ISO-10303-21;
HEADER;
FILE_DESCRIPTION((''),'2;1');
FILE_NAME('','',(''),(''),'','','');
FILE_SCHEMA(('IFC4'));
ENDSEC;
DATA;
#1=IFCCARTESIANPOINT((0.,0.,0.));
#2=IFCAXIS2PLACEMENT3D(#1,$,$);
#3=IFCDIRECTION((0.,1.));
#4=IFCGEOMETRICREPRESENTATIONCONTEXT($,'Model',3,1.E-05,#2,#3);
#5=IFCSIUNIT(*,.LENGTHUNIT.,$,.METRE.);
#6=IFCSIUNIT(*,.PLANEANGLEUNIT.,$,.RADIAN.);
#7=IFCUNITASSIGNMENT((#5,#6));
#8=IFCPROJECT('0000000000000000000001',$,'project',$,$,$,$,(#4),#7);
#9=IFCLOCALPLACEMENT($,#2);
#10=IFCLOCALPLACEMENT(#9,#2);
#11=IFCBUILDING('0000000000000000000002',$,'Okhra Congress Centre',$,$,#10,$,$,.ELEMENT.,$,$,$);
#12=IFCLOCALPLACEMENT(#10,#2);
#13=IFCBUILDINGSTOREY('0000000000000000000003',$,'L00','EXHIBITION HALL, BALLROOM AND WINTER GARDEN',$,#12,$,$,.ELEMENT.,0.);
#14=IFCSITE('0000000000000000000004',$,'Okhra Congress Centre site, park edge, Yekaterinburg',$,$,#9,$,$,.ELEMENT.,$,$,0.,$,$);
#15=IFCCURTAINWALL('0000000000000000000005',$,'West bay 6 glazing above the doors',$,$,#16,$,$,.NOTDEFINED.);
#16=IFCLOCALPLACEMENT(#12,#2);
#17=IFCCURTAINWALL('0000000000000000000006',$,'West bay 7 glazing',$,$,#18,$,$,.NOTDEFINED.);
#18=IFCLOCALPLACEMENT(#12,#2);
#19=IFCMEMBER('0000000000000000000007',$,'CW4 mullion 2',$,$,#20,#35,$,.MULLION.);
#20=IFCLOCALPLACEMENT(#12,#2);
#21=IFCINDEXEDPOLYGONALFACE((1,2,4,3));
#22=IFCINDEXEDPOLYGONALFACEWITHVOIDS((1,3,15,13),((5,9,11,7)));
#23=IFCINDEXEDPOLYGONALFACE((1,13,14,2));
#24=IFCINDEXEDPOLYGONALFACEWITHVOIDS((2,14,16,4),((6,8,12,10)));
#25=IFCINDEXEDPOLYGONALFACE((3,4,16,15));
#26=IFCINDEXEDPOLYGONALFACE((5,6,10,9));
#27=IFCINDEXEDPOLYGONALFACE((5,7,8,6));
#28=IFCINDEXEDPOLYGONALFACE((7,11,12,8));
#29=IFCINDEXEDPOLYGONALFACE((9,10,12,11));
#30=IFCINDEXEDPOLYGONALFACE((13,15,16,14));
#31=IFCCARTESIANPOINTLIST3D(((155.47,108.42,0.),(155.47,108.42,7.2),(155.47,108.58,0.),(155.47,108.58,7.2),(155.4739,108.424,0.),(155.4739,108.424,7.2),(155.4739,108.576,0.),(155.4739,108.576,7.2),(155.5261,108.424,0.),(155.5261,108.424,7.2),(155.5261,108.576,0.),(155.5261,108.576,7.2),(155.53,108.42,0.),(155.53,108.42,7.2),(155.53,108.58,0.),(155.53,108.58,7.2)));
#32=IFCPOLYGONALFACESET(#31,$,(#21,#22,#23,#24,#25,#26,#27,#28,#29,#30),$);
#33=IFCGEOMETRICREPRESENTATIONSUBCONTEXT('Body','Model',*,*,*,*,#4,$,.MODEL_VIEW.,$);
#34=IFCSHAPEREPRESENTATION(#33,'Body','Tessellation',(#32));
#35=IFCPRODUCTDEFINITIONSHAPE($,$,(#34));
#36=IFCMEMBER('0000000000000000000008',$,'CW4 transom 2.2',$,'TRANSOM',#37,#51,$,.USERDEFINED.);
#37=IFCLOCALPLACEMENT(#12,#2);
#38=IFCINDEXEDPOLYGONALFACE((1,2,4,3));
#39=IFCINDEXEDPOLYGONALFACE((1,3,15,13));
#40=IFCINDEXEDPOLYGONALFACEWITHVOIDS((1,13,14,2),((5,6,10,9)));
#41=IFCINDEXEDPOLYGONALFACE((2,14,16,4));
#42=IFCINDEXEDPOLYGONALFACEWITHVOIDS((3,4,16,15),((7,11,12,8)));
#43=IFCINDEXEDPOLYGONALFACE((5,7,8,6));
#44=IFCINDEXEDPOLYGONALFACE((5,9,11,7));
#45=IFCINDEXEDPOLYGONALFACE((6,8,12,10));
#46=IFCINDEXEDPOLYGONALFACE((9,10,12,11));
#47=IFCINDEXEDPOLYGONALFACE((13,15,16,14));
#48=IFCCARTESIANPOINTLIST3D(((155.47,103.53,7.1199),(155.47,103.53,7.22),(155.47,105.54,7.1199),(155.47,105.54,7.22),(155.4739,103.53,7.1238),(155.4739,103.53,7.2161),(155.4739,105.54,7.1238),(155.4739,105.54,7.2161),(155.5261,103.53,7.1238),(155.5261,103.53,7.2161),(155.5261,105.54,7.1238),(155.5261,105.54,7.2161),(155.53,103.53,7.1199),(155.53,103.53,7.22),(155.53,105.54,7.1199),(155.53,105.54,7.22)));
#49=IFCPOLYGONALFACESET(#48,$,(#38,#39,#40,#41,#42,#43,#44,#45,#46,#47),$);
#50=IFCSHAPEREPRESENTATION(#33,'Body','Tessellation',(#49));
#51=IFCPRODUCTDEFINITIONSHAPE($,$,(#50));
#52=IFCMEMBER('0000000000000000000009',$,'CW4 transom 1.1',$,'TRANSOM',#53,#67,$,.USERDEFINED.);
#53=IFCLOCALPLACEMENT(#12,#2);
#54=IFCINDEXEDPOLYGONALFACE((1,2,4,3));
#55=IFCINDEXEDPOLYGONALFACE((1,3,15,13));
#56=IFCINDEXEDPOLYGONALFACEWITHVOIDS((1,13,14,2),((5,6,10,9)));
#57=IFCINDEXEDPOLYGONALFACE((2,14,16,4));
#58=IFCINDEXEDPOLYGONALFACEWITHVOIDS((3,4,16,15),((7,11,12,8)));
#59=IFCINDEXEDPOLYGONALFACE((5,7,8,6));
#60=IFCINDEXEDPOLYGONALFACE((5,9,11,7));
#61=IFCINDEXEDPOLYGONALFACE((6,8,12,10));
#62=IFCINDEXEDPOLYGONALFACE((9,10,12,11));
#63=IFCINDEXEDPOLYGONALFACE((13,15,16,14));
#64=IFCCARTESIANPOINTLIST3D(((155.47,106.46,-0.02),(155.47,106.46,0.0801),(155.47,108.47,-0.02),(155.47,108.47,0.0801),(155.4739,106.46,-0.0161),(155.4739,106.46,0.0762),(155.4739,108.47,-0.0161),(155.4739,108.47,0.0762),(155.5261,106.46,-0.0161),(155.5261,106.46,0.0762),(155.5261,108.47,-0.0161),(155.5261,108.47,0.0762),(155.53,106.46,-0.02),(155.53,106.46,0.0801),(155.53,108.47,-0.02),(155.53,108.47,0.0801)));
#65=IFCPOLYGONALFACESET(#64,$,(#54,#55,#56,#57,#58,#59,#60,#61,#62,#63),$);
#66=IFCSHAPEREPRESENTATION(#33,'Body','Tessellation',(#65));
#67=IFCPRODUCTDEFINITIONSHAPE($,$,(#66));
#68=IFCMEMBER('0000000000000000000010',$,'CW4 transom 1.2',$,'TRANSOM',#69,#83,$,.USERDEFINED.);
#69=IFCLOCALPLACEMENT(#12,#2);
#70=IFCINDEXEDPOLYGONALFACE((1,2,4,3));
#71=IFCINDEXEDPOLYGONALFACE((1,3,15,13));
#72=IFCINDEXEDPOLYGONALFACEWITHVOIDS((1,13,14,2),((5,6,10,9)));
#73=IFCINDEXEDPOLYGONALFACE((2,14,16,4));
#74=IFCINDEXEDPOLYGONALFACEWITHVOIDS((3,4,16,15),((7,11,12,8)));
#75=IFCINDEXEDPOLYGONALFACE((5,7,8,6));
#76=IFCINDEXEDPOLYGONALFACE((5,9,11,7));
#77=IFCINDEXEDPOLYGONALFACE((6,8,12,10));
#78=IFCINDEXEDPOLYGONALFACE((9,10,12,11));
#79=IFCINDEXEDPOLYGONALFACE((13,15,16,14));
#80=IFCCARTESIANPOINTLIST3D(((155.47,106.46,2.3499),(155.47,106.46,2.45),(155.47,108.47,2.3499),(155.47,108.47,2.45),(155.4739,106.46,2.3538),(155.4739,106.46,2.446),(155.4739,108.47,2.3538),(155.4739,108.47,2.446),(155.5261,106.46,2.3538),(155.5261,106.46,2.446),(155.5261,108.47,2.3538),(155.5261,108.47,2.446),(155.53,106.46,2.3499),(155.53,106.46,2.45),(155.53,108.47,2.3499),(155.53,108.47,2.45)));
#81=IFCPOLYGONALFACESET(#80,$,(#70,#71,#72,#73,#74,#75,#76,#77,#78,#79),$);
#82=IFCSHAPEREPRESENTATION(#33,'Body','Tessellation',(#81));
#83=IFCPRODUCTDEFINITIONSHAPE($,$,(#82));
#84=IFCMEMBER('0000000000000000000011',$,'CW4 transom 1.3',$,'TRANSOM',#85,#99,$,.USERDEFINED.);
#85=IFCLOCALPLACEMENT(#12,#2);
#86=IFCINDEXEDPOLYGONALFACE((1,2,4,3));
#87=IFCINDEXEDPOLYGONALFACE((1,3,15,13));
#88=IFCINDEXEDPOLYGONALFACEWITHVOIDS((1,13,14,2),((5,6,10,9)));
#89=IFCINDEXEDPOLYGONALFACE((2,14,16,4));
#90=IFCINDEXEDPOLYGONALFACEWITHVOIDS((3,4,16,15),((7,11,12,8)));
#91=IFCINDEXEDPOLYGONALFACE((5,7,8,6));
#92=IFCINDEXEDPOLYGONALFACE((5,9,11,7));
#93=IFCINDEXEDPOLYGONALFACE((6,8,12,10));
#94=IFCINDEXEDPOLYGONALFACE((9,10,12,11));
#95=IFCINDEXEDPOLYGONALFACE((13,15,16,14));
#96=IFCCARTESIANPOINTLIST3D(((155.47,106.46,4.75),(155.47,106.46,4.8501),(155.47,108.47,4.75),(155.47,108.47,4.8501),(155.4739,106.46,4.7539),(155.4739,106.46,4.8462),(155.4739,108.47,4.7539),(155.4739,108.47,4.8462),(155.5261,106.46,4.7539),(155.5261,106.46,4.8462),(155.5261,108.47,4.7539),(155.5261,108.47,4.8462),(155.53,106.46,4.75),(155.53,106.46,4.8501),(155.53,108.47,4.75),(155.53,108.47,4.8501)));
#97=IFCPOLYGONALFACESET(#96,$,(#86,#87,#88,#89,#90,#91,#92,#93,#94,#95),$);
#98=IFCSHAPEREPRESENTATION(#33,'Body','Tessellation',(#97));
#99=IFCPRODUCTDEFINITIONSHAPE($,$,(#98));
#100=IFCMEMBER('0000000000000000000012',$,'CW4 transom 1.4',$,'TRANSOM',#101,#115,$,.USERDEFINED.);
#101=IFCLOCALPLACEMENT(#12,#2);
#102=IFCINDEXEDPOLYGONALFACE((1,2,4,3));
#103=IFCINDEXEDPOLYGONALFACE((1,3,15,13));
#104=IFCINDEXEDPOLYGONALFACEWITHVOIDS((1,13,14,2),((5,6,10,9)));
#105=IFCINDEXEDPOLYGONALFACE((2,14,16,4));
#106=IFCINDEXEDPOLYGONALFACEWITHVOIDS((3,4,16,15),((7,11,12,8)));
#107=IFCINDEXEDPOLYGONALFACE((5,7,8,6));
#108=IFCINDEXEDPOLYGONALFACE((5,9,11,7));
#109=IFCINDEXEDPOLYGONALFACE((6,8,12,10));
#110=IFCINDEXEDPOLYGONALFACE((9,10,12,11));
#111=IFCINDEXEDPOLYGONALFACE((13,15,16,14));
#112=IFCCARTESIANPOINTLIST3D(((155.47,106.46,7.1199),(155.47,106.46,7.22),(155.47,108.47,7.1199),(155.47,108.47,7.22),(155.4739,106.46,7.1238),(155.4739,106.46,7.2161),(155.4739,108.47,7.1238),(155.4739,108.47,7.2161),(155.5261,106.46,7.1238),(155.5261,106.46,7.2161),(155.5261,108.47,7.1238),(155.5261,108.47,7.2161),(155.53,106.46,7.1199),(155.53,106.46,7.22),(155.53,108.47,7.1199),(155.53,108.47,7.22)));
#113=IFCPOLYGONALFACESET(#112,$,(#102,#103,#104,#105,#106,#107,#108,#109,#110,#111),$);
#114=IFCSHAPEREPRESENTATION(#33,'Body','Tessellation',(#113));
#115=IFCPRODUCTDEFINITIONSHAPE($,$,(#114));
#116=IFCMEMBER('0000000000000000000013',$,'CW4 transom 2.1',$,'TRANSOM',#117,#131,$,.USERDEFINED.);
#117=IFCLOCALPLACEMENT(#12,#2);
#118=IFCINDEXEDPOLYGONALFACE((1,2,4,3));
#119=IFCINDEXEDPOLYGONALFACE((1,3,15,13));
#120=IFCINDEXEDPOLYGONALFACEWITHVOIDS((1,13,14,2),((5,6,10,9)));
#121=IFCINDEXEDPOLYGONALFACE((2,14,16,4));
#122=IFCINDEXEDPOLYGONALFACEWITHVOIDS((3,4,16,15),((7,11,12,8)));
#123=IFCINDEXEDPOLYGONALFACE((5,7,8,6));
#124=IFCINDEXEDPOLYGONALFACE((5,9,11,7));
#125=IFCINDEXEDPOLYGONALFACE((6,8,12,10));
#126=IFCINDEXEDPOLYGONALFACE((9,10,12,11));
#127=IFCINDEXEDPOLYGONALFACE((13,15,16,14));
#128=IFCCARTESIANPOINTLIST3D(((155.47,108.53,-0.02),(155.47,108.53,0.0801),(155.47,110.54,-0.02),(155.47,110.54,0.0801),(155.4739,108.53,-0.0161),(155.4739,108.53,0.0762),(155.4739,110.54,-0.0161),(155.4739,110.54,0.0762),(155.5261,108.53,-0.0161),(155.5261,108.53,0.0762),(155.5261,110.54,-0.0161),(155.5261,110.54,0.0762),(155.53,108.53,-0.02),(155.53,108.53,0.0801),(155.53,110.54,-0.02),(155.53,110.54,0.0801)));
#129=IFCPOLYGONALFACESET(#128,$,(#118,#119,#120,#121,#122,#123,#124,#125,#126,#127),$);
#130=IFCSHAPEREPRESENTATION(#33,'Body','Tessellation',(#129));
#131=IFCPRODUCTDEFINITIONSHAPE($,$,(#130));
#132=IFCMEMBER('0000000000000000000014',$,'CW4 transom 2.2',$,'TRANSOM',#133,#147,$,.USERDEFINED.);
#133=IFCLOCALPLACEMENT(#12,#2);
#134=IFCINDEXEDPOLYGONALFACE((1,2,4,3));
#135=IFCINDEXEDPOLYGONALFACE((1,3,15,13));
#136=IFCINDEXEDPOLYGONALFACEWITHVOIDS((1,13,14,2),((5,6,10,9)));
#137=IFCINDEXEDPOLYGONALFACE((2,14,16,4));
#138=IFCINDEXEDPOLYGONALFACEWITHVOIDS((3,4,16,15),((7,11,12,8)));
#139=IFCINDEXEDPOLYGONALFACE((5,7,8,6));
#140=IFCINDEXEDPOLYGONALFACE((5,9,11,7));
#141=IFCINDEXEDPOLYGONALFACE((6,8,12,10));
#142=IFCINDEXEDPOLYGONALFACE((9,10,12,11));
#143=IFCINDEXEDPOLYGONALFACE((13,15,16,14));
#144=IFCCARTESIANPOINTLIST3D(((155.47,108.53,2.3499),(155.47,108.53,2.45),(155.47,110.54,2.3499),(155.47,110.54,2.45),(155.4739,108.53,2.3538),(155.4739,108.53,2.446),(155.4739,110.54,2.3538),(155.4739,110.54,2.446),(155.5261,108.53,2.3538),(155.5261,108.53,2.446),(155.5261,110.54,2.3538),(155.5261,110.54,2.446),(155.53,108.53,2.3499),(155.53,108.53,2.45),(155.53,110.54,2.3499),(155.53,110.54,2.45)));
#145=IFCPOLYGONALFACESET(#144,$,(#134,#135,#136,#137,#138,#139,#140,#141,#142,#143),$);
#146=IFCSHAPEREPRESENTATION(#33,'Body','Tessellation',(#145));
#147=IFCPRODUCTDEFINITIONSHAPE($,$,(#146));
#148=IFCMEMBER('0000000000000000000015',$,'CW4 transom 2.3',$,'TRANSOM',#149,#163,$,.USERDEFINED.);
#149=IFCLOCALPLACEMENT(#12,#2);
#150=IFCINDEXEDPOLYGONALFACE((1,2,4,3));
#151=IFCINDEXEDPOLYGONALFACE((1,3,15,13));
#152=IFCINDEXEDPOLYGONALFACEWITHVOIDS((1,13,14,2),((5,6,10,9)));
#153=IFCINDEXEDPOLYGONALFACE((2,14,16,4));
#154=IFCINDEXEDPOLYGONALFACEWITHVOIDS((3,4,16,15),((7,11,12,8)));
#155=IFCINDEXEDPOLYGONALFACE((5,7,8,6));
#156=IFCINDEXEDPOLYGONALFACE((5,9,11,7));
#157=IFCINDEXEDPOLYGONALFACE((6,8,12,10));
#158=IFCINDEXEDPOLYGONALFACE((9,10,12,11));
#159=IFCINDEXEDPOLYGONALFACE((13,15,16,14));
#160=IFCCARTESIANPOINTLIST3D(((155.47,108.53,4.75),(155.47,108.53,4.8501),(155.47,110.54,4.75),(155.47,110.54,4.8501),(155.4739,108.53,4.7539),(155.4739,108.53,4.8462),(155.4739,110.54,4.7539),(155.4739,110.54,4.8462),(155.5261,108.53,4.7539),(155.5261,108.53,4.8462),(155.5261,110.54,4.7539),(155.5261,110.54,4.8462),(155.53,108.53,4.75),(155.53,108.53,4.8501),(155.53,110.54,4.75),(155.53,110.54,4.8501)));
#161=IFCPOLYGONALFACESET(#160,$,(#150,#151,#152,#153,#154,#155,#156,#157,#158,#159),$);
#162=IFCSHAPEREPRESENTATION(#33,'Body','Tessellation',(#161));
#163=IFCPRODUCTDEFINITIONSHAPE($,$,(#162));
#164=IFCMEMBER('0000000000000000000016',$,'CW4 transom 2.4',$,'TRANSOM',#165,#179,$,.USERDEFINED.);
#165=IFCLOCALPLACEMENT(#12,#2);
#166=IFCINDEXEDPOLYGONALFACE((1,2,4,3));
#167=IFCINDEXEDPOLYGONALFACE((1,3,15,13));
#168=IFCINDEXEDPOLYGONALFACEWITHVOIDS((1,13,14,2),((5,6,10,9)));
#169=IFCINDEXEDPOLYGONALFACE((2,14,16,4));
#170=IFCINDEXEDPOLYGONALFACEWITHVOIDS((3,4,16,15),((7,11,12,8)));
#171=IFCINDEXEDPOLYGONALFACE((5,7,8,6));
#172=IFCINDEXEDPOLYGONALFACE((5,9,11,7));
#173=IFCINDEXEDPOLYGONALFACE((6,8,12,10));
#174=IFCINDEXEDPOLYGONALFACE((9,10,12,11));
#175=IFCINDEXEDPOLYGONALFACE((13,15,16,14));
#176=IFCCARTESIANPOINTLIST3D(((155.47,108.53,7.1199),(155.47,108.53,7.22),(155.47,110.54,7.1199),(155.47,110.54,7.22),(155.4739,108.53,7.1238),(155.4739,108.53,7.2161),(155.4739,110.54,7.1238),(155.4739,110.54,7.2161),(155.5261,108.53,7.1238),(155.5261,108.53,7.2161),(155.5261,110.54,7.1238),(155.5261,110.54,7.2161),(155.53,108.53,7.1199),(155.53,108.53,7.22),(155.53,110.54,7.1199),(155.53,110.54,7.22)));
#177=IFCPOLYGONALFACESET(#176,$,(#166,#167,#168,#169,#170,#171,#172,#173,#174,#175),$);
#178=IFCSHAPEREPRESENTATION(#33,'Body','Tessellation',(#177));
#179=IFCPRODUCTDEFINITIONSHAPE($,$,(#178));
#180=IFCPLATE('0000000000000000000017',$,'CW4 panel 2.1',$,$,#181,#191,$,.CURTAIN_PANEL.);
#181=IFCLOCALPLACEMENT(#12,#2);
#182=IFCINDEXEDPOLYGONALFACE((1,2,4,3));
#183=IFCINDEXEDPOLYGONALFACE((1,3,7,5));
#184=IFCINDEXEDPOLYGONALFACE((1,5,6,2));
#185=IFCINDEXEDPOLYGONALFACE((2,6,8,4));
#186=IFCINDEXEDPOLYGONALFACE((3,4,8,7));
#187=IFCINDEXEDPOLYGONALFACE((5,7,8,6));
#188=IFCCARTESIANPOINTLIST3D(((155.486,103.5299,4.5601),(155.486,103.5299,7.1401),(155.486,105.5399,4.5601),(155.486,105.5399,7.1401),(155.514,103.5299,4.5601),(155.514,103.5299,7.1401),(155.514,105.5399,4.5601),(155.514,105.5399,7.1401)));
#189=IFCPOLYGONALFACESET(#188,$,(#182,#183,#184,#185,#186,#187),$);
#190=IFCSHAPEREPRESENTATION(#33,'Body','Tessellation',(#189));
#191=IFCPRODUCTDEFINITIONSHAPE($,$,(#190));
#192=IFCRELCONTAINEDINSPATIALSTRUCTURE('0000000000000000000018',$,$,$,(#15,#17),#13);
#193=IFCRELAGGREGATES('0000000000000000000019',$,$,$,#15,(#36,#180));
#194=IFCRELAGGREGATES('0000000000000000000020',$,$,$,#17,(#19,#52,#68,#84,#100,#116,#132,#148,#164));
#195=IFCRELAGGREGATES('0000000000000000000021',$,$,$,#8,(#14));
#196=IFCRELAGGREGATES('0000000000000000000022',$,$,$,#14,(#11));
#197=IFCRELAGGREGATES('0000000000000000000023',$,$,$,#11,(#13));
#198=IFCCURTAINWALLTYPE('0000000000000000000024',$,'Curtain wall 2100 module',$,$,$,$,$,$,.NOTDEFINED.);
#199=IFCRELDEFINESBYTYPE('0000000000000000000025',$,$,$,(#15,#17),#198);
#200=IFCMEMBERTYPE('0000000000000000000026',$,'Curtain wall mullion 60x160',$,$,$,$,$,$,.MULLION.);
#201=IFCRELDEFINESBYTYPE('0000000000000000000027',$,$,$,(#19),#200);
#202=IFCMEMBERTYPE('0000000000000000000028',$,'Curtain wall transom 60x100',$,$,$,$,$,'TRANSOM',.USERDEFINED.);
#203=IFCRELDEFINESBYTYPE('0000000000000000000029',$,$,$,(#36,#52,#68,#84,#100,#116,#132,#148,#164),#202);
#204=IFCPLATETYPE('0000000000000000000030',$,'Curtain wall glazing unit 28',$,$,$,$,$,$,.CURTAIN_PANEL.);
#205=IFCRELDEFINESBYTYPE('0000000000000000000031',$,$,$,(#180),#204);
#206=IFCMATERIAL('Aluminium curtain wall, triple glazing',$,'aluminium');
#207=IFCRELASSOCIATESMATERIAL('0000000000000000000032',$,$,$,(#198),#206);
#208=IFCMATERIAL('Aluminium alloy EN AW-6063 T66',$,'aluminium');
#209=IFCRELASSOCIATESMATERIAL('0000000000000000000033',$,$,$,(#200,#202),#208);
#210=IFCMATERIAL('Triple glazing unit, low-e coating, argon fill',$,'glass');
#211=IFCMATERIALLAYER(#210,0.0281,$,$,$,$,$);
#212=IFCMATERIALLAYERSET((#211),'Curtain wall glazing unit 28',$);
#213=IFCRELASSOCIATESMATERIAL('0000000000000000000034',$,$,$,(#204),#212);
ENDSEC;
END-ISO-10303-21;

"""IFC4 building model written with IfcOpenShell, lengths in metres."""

from ifc_helpers import new_model, si_unit, direction, frame, origin, origin_2d, place, context, subcontext, project, spatial, rectangle, hollow_rectangle, extrude, material, layer, layer_set, material_profile, profile_set, type_object, element, aggregate, save


model = new_model("IFC4")

# Units and contexts
model_context = context("Model", 3, precision=1e-05, world=origin(), true_north=direction((0.0, 1.0)))
body_context = subcontext(model_context, "Body", "Model", "MODEL_VIEW")
ifc_project = project(units=[si_unit("LENGTHUNIT", "METRE"), si_unit("PLANEANGLEUNIT", "RADIAN")], contexts=[model_context])

# Site, building, storey
site_placement = place(None, origin())
site = spatial("IfcSite", under=ifc_project, at=site_placement, Name="Okhra Congress Centre site, park edge, Yekaterinburg", CompositionType="ELEMENT", RefElevation=0.0)
building_placement = place(site_placement, origin())
building = spatial("IfcBuilding", under=site, at=building_placement, Name="Okhra Congress Centre", CompositionType="ELEMENT")
storey_placement = place(building_placement, origin())
storey = spatial("IfcBuildingStorey", under=building, at=storey_placement, Name="L00", Description="EXHIBITION HALL, BALLROOM AND WINTER GARDEN", CompositionType="ELEMENT", Elevation=0.0)

# Curtain wall
ifc_material_1 = material(Name="Aluminium curtain wall, triple glazing", Category="aluminium")
curtain_wall_type = type_object("IfcCurtainWallType", Name="Curtain wall 2100 module", PredefinedType="NOTDEFINED", material=ifc_material_1)
curtain_wall_1_placement = place(storey_placement, origin())
curtain_wall_1 = element("IfcCurtainWall", 1, at=curtain_wall_1_placement, inside=storey, type_object=curtain_wall_type, Name="West bay 6 glazing above the doors", PredefinedType="NOTDEFINED")
ifc_material_2 = material(Name="Aluminium alloy EN AW-6063 T66", Category="aluminium")
ifc_material_profile_1 = material_profile(ifc_material_2, hollow_rectangle(XDim=0.0601, YDim=0.1599, WallThickness=0.0039, at=origin_2d()), Name="RHS 60x160x4")
ifc_profile_set_1 = profile_set([ifc_material_profile_1], Name="Aluminium alloy EN AW-6063 T66")
member_type_1 = type_object("IfcMemberType", Name="Curtain wall mullion 60x160", PredefinedType="MULLION", material=ifc_profile_set_1)

# Curtain wall, member
curtain_wall_2_placement = place(storey_placement, origin())
curtain_wall_2 = element("IfcCurtainWall", 2, at=curtain_wall_2_placement, inside=storey, type_object=curtain_wall_type, Name="West bay 7 glazing", PredefinedType="NOTDEFINED")
member_1_placement = place(storey_placement, frame((155.5, 108.5, 0.0), z_axis=(0.0, 0.0, 1.0), x_axis=(-1.0, 0.0, 0.0)))
member_1 = element("IfcMember", 3, at=member_1_placement, type_object=member_type_1, Name="CW4 mullion 2", PredefinedType="MULLION", context=body_context, shape_type="SweptSolid", body=[
    extrude(hollow_rectangle(XDim=0.0601, YDim=0.1599, WallThickness=0.0039, at=origin_2d()), origin(), (0.0, 0.0, 1.0), 7.2),
])

# Members
ifc_material_profile_2 = material_profile(ifc_material_2, hollow_rectangle(XDim=0.0601, YDim=0.1001, WallThickness=0.0039, at=origin_2d()), Name="RHS 60x100x4")
ifc_profile_set_2 = profile_set([ifc_material_profile_2], Name="Aluminium alloy EN AW-6063 T66")
member_type_2 = type_object("IfcMemberType", Name="Curtain wall transom 60x100", ElementType="TRANSOM", PredefinedType="USERDEFINED", material=ifc_profile_set_2)
member_2_placement = place(storey_placement, frame((155.5, 103.53, 7.1699), z_axis=(0.0, 1.0, 0.0), x_axis=(-1.0, 0.0, 0.0)))
member_2 = element("IfcMember", 4, at=member_2_placement, type_object=member_type_2, Name="CW4 transom 2.2", ObjectType="TRANSOM", PredefinedType="USERDEFINED", context=body_context, shape_type="SweptSolid", body=[
    extrude(hollow_rectangle(XDim=0.0601, YDim=0.1001, WallThickness=0.0039, at=origin_2d()), origin(), (0.0, 0.0, 1.0), 2.01),
])
member_3_placement = place(storey_placement, frame((155.5, 106.46, 0.03), z_axis=(0.0, 1.0, 0.0), x_axis=(-1.0, 0.0, 0.0)))
member_3 = element("IfcMember", 5, at=member_3_placement, type_object=member_type_2, Name="CW4 transom 1.1", ObjectType="TRANSOM", PredefinedType="USERDEFINED", context=body_context, shape_type="SweptSolid", body=[
    extrude(hollow_rectangle(XDim=0.0601, YDim=0.1001, WallThickness=0.0039, at=origin_2d()), origin(), (0.0, 0.0, 1.0), 2.01),
])
member_4_placement = place(storey_placement, frame((155.5, 106.46, 2.3999), z_axis=(0.0, 1.0, 0.0), x_axis=(-1.0, 0.0, 0.0)))
member_4 = element("IfcMember", 6, at=member_4_placement, type_object=member_type_2, Name="CW4 transom 1.2", ObjectType="TRANSOM", PredefinedType="USERDEFINED", context=body_context, shape_type="SweptSolid", body=[
    extrude(hollow_rectangle(XDim=0.0601, YDim=0.1001, WallThickness=0.0039, at=origin_2d()), origin(), (0.0, 0.0, 1.0), 2.01),
])
member_5_placement = place(storey_placement, frame((155.5, 106.46, 4.8), z_axis=(0.0, 1.0, 0.0), x_axis=(-1.0, 0.0, 0.0)))
member_5 = element("IfcMember", 7, at=member_5_placement, type_object=member_type_2, Name="CW4 transom 1.3", ObjectType="TRANSOM", PredefinedType="USERDEFINED", context=body_context, shape_type="SweptSolid", body=[
    extrude(hollow_rectangle(XDim=0.0601, YDim=0.1001, WallThickness=0.0039, at=origin_2d()), origin(), (0.0, 0.0, 1.0), 2.01),
])
member_6_placement = place(storey_placement, frame((155.5, 106.46, 7.1699), z_axis=(0.0, 1.0, 0.0), x_axis=(-1.0, 0.0, 0.0)))
member_6 = element("IfcMember", 8, at=member_6_placement, type_object=member_type_2, Name="CW4 transom 1.4", ObjectType="TRANSOM", PredefinedType="USERDEFINED", context=body_context, shape_type="SweptSolid", body=[
    extrude(hollow_rectangle(XDim=0.0601, YDim=0.1001, WallThickness=0.0039, at=origin_2d()), origin(), (0.0, 0.0, 1.0), 2.01),
])
member_7_placement = place(storey_placement, frame((155.5, 108.53, 0.03), z_axis=(0.0, 1.0, 0.0), x_axis=(-1.0, 0.0, 0.0)))
member_7 = element("IfcMember", 9, at=member_7_placement, type_object=member_type_2, Name="CW4 transom 2.1", ObjectType="TRANSOM", PredefinedType="USERDEFINED", context=body_context, shape_type="SweptSolid", body=[
    extrude(hollow_rectangle(XDim=0.0601, YDim=0.1001, WallThickness=0.0039, at=origin_2d()), origin(), (0.0, 0.0, 1.0), 2.01),
])
member_8_placement = place(storey_placement, frame((155.5, 108.53, 2.3999), z_axis=(0.0, 1.0, 0.0), x_axis=(-1.0, 0.0, 0.0)))
member_8 = element("IfcMember", 10, at=member_8_placement, type_object=member_type_2, Name="CW4 transom 2.2", ObjectType="TRANSOM", PredefinedType="USERDEFINED", context=body_context, shape_type="SweptSolid", body=[
    extrude(hollow_rectangle(XDim=0.0601, YDim=0.1001, WallThickness=0.0039, at=origin_2d()), origin(), (0.0, 0.0, 1.0), 2.01),
])
member_9_placement = place(storey_placement, frame((155.5, 108.53, 4.8), z_axis=(0.0, 1.0, 0.0), x_axis=(-1.0, 0.0, 0.0)))
member_9 = element("IfcMember", 11, at=member_9_placement, type_object=member_type_2, Name="CW4 transom 2.3", ObjectType="TRANSOM", PredefinedType="USERDEFINED", context=body_context, shape_type="SweptSolid", body=[
    extrude(hollow_rectangle(XDim=0.0601, YDim=0.1001, WallThickness=0.0039, at=origin_2d()), origin(), (0.0, 0.0, 1.0), 2.01),
])
member_10_placement = place(storey_placement, frame((155.5, 108.53, 7.1699), z_axis=(0.0, 1.0, 0.0), x_axis=(-1.0, 0.0, 0.0)))
member_10 = element("IfcMember", 12, at=member_10_placement, type_object=member_type_2, Name="CW4 transom 2.4", ObjectType="TRANSOM", PredefinedType="USERDEFINED", context=body_context, shape_type="SweptSolid", body=[
    extrude(hollow_rectangle(XDim=0.0601, YDim=0.1001, WallThickness=0.0039, at=origin_2d()), origin(), (0.0, 0.0, 1.0), 2.01),
])

# Plate
ifc_material_3 = material(Name="Triple glazing unit, low-e coating, argon fill", Category="glass")
ifc_layer = layer(ifc_material_3, 0.0281)
ifc_layer_set = layer_set([ifc_layer], Name="Curtain wall glazing unit 28")
plate_type = type_object("IfcPlateType", Name="Curtain wall glazing unit 28", PredefinedType="CURTAIN_PANEL", material=ifc_layer_set)
plate_1_placement = place(storey_placement, frame((155.5, 104.5349, 4.5601), z_axis=(0.0, 0.0, 1.0), x_axis=(0.0, 1.0, 0.0)))
plate_1 = element("IfcPlate", 13, at=plate_1_placement, type_object=plate_type, Name="CW4 panel 2.1", PredefinedType="CURTAIN_PANEL", context=body_context, shape_type="SweptSolid", body=[
    extrude(rectangle(XDim=2.01, YDim=0.0281, at=origin_2d()), origin(), (0.0, 0.0, 1.0), 2.5801),
])
aggregate(curtain_wall_1, [member_2, plate_1])
aggregate(curtain_wall_2, [member_1, member_3, member_4, member_5, member_6, member_7, member_8, member_9, member_10])

save(model, "model.ifc")
